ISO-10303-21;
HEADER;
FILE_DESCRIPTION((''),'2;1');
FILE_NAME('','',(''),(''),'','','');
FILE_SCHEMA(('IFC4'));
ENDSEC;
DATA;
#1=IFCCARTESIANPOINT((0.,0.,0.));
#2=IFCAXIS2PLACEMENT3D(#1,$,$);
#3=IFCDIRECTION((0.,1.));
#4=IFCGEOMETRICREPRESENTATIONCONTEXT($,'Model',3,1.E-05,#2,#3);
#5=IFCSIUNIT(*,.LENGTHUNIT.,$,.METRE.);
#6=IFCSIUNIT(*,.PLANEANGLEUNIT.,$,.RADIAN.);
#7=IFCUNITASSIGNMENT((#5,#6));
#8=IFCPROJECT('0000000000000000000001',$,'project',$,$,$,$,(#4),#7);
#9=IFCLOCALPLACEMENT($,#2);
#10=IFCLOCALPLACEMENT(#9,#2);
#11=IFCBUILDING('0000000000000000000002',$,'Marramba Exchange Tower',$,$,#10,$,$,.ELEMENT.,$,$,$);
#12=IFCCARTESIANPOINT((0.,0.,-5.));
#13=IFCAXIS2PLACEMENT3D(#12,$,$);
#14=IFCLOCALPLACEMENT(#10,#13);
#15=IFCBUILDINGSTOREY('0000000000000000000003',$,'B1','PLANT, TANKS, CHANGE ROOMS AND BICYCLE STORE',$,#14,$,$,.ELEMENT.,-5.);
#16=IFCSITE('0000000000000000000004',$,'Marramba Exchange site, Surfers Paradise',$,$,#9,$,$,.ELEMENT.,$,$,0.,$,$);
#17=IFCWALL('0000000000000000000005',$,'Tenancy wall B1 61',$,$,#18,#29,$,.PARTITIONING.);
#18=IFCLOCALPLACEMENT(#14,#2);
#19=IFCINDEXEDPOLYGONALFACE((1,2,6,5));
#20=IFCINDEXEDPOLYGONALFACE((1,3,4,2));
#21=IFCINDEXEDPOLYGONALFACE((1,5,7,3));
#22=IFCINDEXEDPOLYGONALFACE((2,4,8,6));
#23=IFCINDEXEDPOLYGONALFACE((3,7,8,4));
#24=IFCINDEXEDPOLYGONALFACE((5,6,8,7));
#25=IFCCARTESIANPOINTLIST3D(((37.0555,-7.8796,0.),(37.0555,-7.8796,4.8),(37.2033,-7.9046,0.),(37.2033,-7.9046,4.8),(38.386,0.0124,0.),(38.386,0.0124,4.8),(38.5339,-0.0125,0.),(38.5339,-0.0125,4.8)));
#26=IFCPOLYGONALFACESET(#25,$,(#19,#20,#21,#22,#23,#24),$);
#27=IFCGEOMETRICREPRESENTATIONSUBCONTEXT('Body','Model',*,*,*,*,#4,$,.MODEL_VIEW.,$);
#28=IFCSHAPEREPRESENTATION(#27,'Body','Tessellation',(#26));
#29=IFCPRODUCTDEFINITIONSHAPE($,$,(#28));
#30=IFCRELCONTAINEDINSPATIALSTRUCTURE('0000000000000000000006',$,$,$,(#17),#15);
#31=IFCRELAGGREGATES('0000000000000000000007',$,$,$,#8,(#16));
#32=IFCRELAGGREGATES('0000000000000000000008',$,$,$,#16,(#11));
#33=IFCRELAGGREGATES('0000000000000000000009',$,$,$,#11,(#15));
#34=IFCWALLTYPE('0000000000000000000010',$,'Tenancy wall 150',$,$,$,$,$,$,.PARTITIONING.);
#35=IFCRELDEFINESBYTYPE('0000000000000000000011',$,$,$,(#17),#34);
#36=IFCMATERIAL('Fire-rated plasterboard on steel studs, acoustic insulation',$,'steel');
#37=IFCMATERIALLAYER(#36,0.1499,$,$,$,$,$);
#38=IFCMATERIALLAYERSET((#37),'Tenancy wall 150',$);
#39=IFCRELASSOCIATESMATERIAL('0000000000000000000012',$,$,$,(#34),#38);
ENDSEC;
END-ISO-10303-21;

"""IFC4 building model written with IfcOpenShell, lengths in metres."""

from ifc_helpers import new_model, si_unit, direction, frame, frame_2d, origin, place, context, subcontext, project, spatial, rectangle, extrude, material, layer, layer_set, type_object, element, save


model = new_model("IFC4")

# Units and contexts
model_context = context("Model", 3, precision=1e-05, world=origin(), true_north=direction((0.0, 1.0)))
body_context = subcontext(model_context, "Body", "Model", "MODEL_VIEW")
ifc_project = project(units=[si_unit("LENGTHUNIT", "METRE"), si_unit("PLANEANGLEUNIT", "RADIAN")], contexts=[model_context])

# Site, building, storey
site_placement = place(None, origin())
site = spatial("IfcSite", under=ifc_project, at=site_placement, Name="Marramba Exchange site, Surfers Paradise", CompositionType="ELEMENT", RefElevation=0.0)
building_placement = place(site_placement, origin())
building = spatial("IfcBuilding", under=site, at=building_placement, Name="Marramba Exchange Tower", CompositionType="ELEMENT")
storey_placement = place(building_placement, frame((0.0, 0.0, -5.0)))
storey = spatial("IfcBuildingStorey", under=building, at=storey_placement, Name="B1", Description="PLANT, TANKS, CHANGE ROOMS AND BICYCLE STORE", CompositionType="ELEMENT", Elevation=-5.0)

# Wall
ifc_material_1 = material(Name="Fire-rated plasterboard on steel studs, acoustic insulation", Category="steel")
ifc_layer_1 = layer(ifc_material_1, 0.1499)
ifc_layer_set_1 = layer_set([ifc_layer_1], Name="Tenancy wall 150")
wall_type_1 = type_object("IfcWallType", Name="Tenancy wall 150", PredefinedType="PARTITIONING", material=ifc_layer_set_1)
wall_1_placement = place(storey_placement, frame((37.1294, -7.8921, 0.0), z_axis=(0.0, 0.0, 1.0), x_axis=(0.166249, 0.986084, 0.0)))
element("IfcWall", 1, at=wall_1_placement, inside=storey, type_object=wall_type_1, Name="Tenancy wall B1 61", PredefinedType="PARTITIONING", context=body_context, shape_type="SweptSolid", body=[
    extrude(rectangle(XDim=8.0034, YDim=0.1499, at=frame_2d((4.0017, 0.0))), origin(), (0.0, 0.0, 1.0), 4.8),
])

save(model, "model.ifc")
